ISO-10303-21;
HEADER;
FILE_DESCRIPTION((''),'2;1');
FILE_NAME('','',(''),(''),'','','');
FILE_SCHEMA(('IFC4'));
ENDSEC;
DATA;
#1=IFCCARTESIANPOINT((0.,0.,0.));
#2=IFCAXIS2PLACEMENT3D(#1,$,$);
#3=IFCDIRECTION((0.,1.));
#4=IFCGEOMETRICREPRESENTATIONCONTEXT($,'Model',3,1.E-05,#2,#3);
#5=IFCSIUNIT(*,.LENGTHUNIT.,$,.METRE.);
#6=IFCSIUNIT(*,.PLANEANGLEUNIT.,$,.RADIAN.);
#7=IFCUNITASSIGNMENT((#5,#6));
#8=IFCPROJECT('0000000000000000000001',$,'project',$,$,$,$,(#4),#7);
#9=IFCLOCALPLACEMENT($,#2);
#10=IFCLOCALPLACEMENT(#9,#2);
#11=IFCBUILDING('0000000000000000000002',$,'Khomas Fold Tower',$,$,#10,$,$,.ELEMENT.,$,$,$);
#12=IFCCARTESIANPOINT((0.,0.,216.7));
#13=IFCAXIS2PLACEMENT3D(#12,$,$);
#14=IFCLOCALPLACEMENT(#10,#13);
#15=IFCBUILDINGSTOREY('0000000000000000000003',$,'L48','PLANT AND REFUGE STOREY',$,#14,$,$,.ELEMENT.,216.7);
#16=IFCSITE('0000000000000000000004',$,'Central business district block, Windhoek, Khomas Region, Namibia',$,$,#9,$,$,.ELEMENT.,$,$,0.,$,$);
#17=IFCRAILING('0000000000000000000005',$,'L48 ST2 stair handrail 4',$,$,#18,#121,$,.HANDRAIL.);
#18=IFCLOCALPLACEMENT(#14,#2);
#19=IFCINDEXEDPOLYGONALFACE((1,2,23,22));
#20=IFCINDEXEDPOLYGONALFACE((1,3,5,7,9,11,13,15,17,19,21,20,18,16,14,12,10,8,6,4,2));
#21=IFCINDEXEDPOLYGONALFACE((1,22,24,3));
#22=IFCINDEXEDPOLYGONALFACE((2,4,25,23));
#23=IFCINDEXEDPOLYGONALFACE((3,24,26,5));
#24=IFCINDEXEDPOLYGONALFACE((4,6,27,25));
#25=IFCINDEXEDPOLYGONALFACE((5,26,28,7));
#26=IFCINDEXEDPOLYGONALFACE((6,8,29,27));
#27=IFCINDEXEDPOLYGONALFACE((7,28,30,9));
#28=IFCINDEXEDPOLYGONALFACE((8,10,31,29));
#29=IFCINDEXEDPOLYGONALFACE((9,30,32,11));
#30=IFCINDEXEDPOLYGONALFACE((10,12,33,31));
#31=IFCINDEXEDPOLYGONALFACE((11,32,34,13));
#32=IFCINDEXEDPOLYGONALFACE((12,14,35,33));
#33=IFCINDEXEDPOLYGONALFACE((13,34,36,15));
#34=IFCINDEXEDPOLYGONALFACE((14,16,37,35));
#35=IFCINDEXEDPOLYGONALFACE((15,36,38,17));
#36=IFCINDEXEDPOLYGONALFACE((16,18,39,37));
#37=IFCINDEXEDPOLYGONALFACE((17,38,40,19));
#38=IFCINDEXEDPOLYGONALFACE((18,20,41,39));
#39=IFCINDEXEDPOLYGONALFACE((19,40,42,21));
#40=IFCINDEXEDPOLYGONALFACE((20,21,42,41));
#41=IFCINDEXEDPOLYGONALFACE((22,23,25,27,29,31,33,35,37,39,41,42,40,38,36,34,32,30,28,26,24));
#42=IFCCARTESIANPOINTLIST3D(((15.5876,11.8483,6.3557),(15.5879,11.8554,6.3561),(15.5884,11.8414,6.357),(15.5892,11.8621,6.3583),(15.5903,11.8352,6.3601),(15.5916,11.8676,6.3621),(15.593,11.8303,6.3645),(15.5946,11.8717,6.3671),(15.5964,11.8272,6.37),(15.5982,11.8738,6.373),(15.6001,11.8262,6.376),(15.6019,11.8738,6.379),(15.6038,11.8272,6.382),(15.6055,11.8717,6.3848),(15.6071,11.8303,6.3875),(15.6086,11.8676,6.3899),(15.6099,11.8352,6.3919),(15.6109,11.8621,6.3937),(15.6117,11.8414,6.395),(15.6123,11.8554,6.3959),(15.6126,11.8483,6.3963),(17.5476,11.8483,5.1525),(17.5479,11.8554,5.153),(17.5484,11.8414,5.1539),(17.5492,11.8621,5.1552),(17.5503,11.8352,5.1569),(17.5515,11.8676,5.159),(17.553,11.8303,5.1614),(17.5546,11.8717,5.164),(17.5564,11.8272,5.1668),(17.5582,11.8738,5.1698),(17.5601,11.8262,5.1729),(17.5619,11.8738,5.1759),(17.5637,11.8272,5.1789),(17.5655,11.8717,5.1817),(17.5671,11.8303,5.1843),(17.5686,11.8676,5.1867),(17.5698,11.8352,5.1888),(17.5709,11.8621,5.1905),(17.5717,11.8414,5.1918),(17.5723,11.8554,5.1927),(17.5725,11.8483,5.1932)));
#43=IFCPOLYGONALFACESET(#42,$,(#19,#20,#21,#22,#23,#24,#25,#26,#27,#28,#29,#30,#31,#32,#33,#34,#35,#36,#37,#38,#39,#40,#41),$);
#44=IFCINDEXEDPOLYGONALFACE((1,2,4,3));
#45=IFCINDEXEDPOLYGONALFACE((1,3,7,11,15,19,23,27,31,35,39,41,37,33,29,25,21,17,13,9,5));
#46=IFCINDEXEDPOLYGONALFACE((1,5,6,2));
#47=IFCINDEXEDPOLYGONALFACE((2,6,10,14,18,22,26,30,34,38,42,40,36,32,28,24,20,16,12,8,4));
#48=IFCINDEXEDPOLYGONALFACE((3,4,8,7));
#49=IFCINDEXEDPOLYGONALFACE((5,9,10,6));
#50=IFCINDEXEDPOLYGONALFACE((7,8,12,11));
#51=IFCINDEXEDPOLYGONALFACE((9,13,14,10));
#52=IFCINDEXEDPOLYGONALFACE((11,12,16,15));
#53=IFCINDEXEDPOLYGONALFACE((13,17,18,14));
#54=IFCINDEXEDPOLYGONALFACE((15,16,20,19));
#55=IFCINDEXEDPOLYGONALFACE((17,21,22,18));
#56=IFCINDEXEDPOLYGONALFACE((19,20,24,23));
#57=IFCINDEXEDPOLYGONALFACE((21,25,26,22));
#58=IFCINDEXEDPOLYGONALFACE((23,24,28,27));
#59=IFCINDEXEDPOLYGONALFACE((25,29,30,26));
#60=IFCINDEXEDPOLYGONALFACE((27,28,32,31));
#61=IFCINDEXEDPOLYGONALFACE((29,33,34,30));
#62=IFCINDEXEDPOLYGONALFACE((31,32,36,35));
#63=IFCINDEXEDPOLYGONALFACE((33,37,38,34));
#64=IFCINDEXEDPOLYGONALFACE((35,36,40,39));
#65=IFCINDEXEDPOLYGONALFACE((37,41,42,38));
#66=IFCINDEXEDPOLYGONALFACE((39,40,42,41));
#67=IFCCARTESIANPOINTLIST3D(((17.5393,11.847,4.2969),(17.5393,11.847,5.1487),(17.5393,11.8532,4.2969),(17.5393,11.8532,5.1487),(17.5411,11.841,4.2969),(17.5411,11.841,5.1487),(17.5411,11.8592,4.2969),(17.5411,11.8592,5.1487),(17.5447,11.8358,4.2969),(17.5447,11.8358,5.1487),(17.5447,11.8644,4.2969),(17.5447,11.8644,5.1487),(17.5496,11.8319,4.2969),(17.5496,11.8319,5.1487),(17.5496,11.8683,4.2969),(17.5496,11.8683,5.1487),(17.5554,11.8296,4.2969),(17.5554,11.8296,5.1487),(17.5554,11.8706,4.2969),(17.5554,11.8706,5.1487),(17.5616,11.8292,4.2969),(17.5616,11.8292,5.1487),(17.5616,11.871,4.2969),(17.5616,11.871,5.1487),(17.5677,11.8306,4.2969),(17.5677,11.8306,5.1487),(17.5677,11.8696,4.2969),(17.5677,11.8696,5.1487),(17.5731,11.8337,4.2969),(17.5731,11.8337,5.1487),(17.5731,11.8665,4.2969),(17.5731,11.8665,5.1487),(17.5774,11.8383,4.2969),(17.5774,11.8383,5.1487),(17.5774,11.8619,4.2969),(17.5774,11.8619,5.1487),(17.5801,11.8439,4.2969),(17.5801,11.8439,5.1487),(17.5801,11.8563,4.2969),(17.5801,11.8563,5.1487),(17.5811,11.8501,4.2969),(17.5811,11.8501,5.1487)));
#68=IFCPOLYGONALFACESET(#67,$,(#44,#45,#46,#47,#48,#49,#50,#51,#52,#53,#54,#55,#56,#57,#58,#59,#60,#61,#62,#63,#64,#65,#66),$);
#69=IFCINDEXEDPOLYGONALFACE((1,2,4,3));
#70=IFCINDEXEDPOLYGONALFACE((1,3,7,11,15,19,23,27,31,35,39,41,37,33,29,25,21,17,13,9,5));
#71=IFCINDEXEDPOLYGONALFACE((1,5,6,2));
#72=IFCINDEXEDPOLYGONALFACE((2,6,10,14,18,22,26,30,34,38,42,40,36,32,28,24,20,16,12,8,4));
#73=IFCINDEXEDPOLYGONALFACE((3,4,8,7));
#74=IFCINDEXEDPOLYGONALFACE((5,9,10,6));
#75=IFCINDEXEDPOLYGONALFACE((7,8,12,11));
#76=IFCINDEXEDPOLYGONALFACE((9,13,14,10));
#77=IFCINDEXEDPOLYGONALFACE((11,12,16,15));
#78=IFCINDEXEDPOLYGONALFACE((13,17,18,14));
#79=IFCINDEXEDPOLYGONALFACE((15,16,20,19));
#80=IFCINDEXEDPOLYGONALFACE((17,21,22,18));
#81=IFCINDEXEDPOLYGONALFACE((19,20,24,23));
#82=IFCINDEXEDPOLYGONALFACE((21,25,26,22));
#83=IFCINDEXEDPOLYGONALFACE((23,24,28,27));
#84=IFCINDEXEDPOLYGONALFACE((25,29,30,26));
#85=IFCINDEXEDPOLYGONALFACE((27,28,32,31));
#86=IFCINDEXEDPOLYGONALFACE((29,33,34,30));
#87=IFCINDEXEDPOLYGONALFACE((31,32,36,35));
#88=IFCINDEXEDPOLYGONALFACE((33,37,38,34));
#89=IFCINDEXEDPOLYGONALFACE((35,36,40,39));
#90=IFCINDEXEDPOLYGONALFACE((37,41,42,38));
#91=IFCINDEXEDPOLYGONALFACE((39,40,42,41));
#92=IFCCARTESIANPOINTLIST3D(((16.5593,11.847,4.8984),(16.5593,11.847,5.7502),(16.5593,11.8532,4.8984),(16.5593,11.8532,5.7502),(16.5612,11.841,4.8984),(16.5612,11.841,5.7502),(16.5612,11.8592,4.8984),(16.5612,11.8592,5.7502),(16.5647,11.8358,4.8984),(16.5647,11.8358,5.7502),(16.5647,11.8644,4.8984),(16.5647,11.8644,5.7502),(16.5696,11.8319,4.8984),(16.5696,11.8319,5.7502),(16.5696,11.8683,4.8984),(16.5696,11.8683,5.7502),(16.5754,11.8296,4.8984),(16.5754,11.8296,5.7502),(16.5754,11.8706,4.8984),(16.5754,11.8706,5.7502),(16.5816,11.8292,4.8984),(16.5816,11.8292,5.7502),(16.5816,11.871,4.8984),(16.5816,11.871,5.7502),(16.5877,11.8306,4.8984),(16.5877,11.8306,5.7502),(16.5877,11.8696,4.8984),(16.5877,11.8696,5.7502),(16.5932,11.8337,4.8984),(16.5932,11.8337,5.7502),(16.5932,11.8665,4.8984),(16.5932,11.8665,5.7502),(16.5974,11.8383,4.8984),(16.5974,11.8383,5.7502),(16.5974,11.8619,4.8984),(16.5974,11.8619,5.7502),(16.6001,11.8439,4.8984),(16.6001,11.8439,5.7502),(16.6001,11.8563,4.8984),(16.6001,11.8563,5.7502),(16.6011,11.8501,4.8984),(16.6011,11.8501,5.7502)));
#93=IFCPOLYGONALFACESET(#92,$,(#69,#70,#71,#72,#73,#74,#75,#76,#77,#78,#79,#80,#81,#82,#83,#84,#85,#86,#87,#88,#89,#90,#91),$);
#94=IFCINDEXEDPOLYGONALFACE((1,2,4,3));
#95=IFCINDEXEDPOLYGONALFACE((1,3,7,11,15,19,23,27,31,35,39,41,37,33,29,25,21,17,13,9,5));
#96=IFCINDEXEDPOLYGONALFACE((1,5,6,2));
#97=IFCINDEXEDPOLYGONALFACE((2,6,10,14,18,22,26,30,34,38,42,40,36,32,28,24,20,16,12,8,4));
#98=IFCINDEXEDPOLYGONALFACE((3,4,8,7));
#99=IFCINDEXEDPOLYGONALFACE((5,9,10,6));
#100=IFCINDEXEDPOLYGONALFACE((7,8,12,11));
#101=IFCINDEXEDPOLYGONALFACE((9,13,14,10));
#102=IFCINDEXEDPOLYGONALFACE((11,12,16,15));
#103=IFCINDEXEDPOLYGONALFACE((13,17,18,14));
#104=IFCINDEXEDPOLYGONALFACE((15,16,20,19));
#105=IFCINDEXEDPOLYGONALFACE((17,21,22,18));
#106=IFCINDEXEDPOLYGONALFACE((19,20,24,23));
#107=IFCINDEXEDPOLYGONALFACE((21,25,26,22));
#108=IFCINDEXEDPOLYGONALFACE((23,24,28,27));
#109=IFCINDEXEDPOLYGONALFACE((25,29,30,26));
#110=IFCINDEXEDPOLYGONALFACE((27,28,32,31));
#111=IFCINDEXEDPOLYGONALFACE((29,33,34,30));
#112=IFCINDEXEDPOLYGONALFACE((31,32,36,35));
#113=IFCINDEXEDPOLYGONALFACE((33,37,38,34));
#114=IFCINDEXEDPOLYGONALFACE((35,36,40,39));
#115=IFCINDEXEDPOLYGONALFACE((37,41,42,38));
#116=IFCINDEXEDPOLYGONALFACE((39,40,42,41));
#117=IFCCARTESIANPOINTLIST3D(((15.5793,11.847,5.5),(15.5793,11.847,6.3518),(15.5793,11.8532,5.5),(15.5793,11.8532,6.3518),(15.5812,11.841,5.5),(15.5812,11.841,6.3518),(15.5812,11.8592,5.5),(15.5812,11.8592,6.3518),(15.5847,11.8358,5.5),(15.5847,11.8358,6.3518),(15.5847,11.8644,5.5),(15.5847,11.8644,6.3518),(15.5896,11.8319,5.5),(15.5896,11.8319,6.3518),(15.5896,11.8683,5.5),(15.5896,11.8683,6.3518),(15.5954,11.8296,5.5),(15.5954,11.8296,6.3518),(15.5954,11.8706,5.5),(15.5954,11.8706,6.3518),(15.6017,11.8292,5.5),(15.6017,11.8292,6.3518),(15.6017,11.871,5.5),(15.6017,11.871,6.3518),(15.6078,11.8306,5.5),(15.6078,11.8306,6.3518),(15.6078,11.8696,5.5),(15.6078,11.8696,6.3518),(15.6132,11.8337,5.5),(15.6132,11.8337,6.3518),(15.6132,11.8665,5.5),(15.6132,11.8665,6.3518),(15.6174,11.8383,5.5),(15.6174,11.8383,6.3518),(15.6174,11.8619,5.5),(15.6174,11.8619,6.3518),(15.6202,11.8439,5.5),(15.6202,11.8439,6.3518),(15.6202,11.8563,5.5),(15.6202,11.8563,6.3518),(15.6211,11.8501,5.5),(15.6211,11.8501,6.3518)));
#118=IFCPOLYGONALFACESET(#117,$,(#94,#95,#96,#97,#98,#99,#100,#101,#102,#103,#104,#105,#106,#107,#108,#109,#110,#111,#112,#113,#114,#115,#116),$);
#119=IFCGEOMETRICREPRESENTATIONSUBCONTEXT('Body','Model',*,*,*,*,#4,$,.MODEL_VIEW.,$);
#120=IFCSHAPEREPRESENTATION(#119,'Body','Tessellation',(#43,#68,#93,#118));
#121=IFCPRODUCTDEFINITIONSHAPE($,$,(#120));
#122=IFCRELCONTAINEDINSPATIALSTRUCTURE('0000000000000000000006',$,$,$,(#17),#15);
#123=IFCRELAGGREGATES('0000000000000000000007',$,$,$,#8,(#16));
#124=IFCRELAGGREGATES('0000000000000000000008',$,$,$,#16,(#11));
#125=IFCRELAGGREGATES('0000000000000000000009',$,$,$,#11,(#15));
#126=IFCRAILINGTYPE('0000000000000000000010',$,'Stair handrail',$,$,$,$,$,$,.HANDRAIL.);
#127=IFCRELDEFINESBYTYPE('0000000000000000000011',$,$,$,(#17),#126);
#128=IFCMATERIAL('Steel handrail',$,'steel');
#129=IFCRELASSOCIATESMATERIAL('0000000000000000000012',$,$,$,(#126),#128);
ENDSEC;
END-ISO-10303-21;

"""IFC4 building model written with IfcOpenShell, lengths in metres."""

from ifc_helpers import new_model, si_unit, direction, frame, origin, origin_2d, place, context, subcontext, project, spatial, circle, extrude, source, transform, mapped, material, type_object, element, save


model = new_model("IFC4")

# Units and contexts
model_context = context("Model", 3, precision=1e-05, world=origin(), true_north=direction((0.0, 1.0)))
body_context = subcontext(model_context, "Body", "Model", "MODEL_VIEW")
ifc_project = project(units=[si_unit("LENGTHUNIT", "METRE"), si_unit("PLANEANGLEUNIT", "RADIAN")], contexts=[model_context])

# Site, building, storey
site_placement = place(None, origin())
site = spatial("IfcSite", under=ifc_project, at=site_placement, Name="Central business district block, Windhoek, Khomas Region, Namibia", CompositionType="ELEMENT", RefElevation=0.0)
building_placement = place(site_placement, origin())
building = spatial("IfcBuilding", under=site, at=building_placement, Name="Khomas Fold Tower", CompositionType="ELEMENT")
storey_placement = place(building_placement, frame((0.0, 0.0, 216.7)))
storey = spatial("IfcBuildingStorey", under=building, at=storey_placement, Name="L48", Description="PLANT AND REFUGE STOREY", CompositionType="ELEMENT", Elevation=216.7)

# Railing
ifc_material_1 = material(Name="Steel handrail", Category="steel")
railing_type_1 = type_object("IfcRailingType", Name="Stair handrail", PredefinedType="HANDRAIL", material=ifc_material_1)
shared_shape_1 = source(origin(), body_context, "Body", "SweptSolid", [
    extrude(circle(Radius=0.0239, at=origin_2d()), frame((0.0, 0.0, 0.876), z_axis=(-0.852241, 0.0, 0.523149), x_axis=(0.0, -1.0, 0.0)), (0.0, 0.0, 1.0), 2.2998),
    extrude(circle(Radius=0.021, at=origin_2d()), origin(), (0.0, 0.0, 1.0), 0.8518),
    extrude(circle(Radius=0.021, at=origin_2d()), frame((-0.98, 0.0, 0.6016)), (0.0, 0.0, 1.0), 0.8518),
    extrude(circle(Radius=0.021, at=origin_2d()), frame((-1.96, 0.0, 1.2031)), (0.0, 0.0, 1.0), 0.8518),
])
for number, where, name in (
    (1, (17.5601, 11.8501, 4.2969), "L48 ST2 stair handrail 4"),
):
    element("IfcRailing", number, at=place(storey_placement, frame(where)), inside=storey, type_object=railing_type_1, Name=name, PredefinedType="HANDRAIL", context=body_context, shape_type="MappedRepresentation", body=[
        mapped(shared_shape_1, transform((0.0, 0.0, 0.0))),
    ])

save(model, "model.ifc")
